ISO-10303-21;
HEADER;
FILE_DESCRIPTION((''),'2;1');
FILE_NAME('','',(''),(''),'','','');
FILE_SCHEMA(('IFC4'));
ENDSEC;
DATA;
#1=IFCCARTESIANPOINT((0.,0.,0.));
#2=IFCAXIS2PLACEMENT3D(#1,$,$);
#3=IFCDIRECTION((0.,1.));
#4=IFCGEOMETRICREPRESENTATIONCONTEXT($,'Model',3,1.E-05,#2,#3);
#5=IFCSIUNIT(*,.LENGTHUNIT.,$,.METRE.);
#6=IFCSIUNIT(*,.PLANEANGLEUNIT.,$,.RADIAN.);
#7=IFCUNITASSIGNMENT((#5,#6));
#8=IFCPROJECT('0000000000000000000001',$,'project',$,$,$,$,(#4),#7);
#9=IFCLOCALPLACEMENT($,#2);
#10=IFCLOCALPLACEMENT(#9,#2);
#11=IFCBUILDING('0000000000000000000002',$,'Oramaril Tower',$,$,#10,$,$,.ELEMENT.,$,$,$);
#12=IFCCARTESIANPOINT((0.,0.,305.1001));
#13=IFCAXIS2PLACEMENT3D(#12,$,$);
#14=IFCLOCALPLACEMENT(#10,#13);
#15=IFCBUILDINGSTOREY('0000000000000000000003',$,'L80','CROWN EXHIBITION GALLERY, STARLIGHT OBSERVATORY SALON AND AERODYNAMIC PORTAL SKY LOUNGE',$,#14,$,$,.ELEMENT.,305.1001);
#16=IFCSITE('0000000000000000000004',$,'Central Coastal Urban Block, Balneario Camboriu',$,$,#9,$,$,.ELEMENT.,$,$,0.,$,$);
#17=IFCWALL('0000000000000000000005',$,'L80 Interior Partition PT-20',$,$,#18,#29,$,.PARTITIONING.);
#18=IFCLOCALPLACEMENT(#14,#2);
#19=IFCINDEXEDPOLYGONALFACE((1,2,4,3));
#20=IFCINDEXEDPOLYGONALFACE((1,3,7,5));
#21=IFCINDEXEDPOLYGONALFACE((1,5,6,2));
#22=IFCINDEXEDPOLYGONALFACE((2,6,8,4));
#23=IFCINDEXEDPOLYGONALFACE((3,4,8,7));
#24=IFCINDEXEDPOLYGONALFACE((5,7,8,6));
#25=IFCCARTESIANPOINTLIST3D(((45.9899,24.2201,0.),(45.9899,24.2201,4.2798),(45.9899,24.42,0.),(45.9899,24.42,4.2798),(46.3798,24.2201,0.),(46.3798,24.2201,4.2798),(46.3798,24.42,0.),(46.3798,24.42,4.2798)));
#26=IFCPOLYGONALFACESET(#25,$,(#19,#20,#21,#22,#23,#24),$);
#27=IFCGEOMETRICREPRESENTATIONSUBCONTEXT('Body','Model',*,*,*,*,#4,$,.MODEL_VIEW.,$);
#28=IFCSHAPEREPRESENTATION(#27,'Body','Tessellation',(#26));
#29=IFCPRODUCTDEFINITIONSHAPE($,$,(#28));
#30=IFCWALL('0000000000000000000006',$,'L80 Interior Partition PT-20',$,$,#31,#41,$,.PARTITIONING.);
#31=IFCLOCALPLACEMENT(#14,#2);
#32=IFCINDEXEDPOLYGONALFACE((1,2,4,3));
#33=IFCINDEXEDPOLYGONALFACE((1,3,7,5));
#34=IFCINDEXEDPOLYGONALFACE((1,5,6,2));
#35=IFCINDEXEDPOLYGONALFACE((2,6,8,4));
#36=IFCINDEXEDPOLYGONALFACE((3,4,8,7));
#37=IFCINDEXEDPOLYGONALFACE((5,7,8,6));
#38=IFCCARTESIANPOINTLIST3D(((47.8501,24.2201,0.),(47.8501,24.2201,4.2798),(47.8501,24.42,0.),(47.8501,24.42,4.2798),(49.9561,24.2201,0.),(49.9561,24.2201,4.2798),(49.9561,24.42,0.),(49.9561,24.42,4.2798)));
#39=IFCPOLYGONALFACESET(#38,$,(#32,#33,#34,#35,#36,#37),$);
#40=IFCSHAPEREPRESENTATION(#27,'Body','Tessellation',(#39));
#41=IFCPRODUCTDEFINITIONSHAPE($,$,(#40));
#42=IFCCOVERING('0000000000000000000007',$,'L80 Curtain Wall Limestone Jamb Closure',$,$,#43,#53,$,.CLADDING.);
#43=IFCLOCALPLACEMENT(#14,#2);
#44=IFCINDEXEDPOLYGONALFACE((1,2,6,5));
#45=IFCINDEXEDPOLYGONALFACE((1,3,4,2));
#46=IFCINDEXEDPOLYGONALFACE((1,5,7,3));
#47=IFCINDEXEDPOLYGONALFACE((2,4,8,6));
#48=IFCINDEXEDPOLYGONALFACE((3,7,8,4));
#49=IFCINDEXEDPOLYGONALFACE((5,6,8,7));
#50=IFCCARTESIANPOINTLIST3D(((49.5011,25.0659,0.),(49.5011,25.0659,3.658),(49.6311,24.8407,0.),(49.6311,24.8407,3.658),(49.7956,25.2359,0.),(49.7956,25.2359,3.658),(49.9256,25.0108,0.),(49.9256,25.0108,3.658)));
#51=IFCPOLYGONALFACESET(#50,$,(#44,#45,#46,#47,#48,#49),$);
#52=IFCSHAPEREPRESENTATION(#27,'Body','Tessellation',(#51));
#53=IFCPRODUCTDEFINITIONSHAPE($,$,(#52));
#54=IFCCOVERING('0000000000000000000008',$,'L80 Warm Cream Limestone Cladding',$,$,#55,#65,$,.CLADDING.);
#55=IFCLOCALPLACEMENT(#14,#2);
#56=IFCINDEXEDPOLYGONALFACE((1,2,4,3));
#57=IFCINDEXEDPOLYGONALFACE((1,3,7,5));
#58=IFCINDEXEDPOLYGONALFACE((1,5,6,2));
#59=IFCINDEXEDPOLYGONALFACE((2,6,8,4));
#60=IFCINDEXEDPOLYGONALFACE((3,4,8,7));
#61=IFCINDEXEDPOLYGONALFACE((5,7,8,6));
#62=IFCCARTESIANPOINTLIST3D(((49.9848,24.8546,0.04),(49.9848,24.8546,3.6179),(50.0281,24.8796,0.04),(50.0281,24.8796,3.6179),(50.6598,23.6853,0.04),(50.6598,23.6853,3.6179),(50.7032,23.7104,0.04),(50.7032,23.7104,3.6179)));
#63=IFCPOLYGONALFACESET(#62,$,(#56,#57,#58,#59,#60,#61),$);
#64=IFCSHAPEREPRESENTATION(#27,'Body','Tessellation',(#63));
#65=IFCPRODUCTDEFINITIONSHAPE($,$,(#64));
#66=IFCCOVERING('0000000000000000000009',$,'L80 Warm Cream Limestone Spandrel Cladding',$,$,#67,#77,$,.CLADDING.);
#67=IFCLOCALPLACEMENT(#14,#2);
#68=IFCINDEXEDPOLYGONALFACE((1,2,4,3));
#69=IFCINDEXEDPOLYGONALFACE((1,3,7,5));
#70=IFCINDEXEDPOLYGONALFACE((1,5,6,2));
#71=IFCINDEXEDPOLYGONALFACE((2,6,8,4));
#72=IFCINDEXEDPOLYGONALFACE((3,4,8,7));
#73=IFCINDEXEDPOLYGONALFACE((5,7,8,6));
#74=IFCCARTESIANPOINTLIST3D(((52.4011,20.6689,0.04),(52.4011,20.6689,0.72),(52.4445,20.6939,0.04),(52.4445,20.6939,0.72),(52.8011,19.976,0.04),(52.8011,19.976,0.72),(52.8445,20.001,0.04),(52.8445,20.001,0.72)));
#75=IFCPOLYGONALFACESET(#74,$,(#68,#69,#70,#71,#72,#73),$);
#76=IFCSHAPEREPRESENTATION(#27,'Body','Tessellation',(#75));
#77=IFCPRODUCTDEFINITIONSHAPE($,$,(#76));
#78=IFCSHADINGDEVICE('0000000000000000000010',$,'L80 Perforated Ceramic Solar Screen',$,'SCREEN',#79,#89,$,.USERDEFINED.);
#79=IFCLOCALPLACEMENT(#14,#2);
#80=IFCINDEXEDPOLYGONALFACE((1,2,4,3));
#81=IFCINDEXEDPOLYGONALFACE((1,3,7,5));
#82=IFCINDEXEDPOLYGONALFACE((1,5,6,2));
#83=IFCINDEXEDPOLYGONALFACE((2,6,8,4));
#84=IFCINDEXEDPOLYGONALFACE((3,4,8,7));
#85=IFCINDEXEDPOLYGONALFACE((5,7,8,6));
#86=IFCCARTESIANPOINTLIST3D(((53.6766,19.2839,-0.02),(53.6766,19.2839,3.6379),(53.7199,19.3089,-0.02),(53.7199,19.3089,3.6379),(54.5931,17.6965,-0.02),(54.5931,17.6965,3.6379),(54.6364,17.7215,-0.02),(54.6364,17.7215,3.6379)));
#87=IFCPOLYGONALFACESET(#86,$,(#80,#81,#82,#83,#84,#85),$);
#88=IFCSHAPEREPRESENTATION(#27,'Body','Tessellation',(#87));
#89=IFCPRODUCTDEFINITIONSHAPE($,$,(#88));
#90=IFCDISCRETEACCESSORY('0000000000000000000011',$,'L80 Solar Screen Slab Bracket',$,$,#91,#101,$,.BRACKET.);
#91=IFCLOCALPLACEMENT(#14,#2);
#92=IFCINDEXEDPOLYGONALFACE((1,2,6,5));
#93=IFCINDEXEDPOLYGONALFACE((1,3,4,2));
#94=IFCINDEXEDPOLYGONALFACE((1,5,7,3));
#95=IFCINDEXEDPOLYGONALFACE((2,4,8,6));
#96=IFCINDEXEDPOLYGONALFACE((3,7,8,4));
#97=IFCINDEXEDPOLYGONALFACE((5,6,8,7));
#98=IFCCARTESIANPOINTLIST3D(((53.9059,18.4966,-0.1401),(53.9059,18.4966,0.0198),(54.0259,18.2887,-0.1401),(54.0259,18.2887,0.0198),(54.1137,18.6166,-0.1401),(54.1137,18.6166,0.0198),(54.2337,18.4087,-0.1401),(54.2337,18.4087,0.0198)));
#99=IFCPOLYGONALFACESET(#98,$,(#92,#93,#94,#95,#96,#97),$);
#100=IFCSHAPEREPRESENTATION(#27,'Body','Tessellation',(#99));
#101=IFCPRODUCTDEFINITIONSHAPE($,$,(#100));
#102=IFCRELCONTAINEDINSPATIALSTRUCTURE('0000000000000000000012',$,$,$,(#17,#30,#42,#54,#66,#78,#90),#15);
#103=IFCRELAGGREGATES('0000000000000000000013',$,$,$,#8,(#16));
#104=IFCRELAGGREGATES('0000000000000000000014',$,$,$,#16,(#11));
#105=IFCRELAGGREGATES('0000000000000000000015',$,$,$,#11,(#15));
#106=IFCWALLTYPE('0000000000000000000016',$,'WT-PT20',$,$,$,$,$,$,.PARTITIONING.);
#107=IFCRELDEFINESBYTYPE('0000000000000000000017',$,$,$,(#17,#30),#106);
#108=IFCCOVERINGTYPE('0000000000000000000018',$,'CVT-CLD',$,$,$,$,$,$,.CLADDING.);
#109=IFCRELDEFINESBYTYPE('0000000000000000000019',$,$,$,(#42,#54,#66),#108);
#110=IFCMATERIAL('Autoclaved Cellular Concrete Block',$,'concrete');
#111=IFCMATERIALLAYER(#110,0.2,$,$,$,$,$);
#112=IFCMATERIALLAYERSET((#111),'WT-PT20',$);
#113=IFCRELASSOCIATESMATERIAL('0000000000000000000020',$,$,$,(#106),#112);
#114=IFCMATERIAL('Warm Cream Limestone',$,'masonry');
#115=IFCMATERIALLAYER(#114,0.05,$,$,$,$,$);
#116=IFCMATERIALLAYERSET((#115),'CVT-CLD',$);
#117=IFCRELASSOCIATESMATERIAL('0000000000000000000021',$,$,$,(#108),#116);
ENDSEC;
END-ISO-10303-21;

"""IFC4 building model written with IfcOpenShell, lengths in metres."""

from ifc_helpers import new_model, si_unit, direction, frame, frame_2d, origin, origin_2d, place, context, subcontext, project, spatial, rectangle, extrude, material, layer, layer_set, type_object, element, save


model = new_model("IFC4")

# Units and contexts
model_context = context("Model", 3, precision=1e-05, world=origin(), true_north=direction((0.0, 1.0)))
body_context = subcontext(model_context, "Body", "Model", "MODEL_VIEW")
ifc_project = project(units=[si_unit("LENGTHUNIT", "METRE"), si_unit("PLANEANGLEUNIT", "RADIAN")], contexts=[model_context])

# Site, building, storey
site_placement = place(None, origin())
site = spatial("IfcSite", under=ifc_project, at=site_placement, Name="Central Coastal Urban Block, Balneario Camboriu", CompositionType="ELEMENT", RefElevation=0.0)
building_placement = place(site_placement, origin())
building = spatial("IfcBuilding", under=site, at=building_placement, Name="Oramaril Tower", CompositionType="ELEMENT")
storey_placement = place(building_placement, frame((0.0, 0.0, 305.1001)))
storey = spatial("IfcBuildingStorey", under=building, at=storey_placement, Name="L80", Description="CROWN EXHIBITION GALLERY, STARLIGHT OBSERVATORY SALON AND AERODYNAMIC PORTAL SKY LOUNGE", CompositionType="ELEMENT", Elevation=305.1001)

# Walls
ifc_material_1 = material(Name="Autoclaved Cellular Concrete Block", Category="concrete")
ifc_layer_1 = layer(ifc_material_1, 0.2)
ifc_layer_set_1 = layer_set([ifc_layer_1], Name="WT-PT20")
wall_type = type_object("IfcWallType", Name="WT-PT20", PredefinedType="PARTITIONING", material=ifc_layer_set_1)
wall_1_placement = place(storey_placement, frame((45.99, 24.3201, 0.0), z_axis=(0.0, 0.0, 1.0), x_axis=(1.0, 0.0, 0.0)))
element("IfcWall", 1, at=wall_1_placement, inside=storey, type_object=wall_type, Name="L80 Interior Partition PT-20", PredefinedType="PARTITIONING", context=body_context, shape_type="SweptSolid", body=[
    extrude(rectangle(XDim=0.3899, YDim=0.2, at=frame_2d((0.1948, 0.0))), origin(), (0.0, 0.0, 1.0), 4.2798),
])
wall_2_placement = place(storey_placement, frame((47.8501, 24.3201, 0.0), z_axis=(0.0, 0.0, 1.0), x_axis=(1.0, 0.0, 0.0)))
element("IfcWall", 2, at=wall_2_placement, inside=storey, type_object=wall_type, Name="L80 Interior Partition PT-20", PredefinedType="PARTITIONING", context=body_context, shape_type="SweptSolid", body=[
    extrude(rectangle(XDim=2.106, YDim=0.2, at=frame_2d((1.053, 0.0))), origin(), (0.0, 0.0, 1.0), 4.2798),
])

# Coverings
ifc_material_2 = material(Name="Warm Cream Limestone", Category="masonry")
ifc_layer_2 = layer(ifc_material_2, 0.05)
ifc_layer_set_2 = layer_set([ifc_layer_2], Name="CVT-CLD")
covering_type = type_object("IfcCoveringType", Name="CVT-CLD", PredefinedType="CLADDING", material=ifc_layer_set_2)
covering_1_placement = place(storey_placement, frame((49.7134, 25.0383, 0.0), z_axis=(0.0, 0.0, 1.0), x_axis=(-0.5, 0.866025, 0.0)))
element("IfcCovering", 3, at=covering_1_placement, inside=storey, type_object=covering_type, Name="L80 Curtain Wall Limestone Jamb Closure", PredefinedType="CLADDING", context=body_context, shape_type="SweptSolid", body=[
    extrude(rectangle(XDim=0.26, YDim=0.3401, at=origin_2d()), origin(), (0.0, 0.0, 1.0), 3.658),
])
covering_2_placement = place(storey_placement, frame((50.344, 24.2825, 0.04), z_axis=(0.0, 0.0, 1.0), x_axis=(-0.5, 0.866025, 0.0)))
element("IfcCovering", 4, at=covering_2_placement, inside=storey, type_object=covering_type, Name="L80 Warm Cream Limestone Cladding", PredefinedType="CLADDING", context=body_context, shape_type="SweptSolid", body=[
    extrude(rectangle(XDim=1.3501, YDim=0.05, at=origin_2d()), origin(), (0.0, 0.0, 1.0), 3.5779),
])
covering_3_placement = place(storey_placement, frame((52.6228, 20.335, 0.04), z_axis=(0.0, 0.0, 1.0), x_axis=(-0.5, 0.866025, 0.0)))
element("IfcCovering", 5, at=covering_3_placement, inside=storey, type_object=covering_type, Name="L80 Warm Cream Limestone Spandrel Cladding", PredefinedType="CLADDING", context=body_context, shape_type="SweptSolid", body=[
    extrude(rectangle(XDim=0.8, YDim=0.05, at=origin_2d()), origin(), (0.0, 0.0, 1.0), 0.6799),
])

# Shading device
shading_device_placement = place(storey_placement, frame((54.1565, 18.5027, -0.02), z_axis=(0.0, 0.0, 1.0), x_axis=(-0.5, 0.866025, 0.0)))
element("IfcShadingDevice", 6, at=shading_device_placement, inside=storey, Name="L80 Perforated Ceramic Solar Screen", ObjectType="SCREEN", PredefinedType="USERDEFINED", context=body_context, shape_type="SweptSolid", body=[
    extrude(rectangle(XDim=1.833, YDim=0.05, at=origin_2d()), origin(), (0.0, 0.0, 1.0), 3.658),
])

# Discrete accessory
discrete_accessory_placement = place(storey_placement, frame((54.0698, 18.4526, -0.1401), z_axis=(0.0, 0.0, 1.0), x_axis=(-0.5, 0.866025, 0.0)))
element("IfcDiscreteAccessory", 7, at=discrete_accessory_placement, inside=storey, Name="L80 Solar Screen Slab Bracket", PredefinedType="BRACKET", context=body_context, shape_type="SweptSolid", body=[
    extrude(rectangle(XDim=0.24, YDim=0.24, at=origin_2d()), origin(), (0.0, 0.0, 1.0), 0.1599),
])

save(model, "model.ifc")
